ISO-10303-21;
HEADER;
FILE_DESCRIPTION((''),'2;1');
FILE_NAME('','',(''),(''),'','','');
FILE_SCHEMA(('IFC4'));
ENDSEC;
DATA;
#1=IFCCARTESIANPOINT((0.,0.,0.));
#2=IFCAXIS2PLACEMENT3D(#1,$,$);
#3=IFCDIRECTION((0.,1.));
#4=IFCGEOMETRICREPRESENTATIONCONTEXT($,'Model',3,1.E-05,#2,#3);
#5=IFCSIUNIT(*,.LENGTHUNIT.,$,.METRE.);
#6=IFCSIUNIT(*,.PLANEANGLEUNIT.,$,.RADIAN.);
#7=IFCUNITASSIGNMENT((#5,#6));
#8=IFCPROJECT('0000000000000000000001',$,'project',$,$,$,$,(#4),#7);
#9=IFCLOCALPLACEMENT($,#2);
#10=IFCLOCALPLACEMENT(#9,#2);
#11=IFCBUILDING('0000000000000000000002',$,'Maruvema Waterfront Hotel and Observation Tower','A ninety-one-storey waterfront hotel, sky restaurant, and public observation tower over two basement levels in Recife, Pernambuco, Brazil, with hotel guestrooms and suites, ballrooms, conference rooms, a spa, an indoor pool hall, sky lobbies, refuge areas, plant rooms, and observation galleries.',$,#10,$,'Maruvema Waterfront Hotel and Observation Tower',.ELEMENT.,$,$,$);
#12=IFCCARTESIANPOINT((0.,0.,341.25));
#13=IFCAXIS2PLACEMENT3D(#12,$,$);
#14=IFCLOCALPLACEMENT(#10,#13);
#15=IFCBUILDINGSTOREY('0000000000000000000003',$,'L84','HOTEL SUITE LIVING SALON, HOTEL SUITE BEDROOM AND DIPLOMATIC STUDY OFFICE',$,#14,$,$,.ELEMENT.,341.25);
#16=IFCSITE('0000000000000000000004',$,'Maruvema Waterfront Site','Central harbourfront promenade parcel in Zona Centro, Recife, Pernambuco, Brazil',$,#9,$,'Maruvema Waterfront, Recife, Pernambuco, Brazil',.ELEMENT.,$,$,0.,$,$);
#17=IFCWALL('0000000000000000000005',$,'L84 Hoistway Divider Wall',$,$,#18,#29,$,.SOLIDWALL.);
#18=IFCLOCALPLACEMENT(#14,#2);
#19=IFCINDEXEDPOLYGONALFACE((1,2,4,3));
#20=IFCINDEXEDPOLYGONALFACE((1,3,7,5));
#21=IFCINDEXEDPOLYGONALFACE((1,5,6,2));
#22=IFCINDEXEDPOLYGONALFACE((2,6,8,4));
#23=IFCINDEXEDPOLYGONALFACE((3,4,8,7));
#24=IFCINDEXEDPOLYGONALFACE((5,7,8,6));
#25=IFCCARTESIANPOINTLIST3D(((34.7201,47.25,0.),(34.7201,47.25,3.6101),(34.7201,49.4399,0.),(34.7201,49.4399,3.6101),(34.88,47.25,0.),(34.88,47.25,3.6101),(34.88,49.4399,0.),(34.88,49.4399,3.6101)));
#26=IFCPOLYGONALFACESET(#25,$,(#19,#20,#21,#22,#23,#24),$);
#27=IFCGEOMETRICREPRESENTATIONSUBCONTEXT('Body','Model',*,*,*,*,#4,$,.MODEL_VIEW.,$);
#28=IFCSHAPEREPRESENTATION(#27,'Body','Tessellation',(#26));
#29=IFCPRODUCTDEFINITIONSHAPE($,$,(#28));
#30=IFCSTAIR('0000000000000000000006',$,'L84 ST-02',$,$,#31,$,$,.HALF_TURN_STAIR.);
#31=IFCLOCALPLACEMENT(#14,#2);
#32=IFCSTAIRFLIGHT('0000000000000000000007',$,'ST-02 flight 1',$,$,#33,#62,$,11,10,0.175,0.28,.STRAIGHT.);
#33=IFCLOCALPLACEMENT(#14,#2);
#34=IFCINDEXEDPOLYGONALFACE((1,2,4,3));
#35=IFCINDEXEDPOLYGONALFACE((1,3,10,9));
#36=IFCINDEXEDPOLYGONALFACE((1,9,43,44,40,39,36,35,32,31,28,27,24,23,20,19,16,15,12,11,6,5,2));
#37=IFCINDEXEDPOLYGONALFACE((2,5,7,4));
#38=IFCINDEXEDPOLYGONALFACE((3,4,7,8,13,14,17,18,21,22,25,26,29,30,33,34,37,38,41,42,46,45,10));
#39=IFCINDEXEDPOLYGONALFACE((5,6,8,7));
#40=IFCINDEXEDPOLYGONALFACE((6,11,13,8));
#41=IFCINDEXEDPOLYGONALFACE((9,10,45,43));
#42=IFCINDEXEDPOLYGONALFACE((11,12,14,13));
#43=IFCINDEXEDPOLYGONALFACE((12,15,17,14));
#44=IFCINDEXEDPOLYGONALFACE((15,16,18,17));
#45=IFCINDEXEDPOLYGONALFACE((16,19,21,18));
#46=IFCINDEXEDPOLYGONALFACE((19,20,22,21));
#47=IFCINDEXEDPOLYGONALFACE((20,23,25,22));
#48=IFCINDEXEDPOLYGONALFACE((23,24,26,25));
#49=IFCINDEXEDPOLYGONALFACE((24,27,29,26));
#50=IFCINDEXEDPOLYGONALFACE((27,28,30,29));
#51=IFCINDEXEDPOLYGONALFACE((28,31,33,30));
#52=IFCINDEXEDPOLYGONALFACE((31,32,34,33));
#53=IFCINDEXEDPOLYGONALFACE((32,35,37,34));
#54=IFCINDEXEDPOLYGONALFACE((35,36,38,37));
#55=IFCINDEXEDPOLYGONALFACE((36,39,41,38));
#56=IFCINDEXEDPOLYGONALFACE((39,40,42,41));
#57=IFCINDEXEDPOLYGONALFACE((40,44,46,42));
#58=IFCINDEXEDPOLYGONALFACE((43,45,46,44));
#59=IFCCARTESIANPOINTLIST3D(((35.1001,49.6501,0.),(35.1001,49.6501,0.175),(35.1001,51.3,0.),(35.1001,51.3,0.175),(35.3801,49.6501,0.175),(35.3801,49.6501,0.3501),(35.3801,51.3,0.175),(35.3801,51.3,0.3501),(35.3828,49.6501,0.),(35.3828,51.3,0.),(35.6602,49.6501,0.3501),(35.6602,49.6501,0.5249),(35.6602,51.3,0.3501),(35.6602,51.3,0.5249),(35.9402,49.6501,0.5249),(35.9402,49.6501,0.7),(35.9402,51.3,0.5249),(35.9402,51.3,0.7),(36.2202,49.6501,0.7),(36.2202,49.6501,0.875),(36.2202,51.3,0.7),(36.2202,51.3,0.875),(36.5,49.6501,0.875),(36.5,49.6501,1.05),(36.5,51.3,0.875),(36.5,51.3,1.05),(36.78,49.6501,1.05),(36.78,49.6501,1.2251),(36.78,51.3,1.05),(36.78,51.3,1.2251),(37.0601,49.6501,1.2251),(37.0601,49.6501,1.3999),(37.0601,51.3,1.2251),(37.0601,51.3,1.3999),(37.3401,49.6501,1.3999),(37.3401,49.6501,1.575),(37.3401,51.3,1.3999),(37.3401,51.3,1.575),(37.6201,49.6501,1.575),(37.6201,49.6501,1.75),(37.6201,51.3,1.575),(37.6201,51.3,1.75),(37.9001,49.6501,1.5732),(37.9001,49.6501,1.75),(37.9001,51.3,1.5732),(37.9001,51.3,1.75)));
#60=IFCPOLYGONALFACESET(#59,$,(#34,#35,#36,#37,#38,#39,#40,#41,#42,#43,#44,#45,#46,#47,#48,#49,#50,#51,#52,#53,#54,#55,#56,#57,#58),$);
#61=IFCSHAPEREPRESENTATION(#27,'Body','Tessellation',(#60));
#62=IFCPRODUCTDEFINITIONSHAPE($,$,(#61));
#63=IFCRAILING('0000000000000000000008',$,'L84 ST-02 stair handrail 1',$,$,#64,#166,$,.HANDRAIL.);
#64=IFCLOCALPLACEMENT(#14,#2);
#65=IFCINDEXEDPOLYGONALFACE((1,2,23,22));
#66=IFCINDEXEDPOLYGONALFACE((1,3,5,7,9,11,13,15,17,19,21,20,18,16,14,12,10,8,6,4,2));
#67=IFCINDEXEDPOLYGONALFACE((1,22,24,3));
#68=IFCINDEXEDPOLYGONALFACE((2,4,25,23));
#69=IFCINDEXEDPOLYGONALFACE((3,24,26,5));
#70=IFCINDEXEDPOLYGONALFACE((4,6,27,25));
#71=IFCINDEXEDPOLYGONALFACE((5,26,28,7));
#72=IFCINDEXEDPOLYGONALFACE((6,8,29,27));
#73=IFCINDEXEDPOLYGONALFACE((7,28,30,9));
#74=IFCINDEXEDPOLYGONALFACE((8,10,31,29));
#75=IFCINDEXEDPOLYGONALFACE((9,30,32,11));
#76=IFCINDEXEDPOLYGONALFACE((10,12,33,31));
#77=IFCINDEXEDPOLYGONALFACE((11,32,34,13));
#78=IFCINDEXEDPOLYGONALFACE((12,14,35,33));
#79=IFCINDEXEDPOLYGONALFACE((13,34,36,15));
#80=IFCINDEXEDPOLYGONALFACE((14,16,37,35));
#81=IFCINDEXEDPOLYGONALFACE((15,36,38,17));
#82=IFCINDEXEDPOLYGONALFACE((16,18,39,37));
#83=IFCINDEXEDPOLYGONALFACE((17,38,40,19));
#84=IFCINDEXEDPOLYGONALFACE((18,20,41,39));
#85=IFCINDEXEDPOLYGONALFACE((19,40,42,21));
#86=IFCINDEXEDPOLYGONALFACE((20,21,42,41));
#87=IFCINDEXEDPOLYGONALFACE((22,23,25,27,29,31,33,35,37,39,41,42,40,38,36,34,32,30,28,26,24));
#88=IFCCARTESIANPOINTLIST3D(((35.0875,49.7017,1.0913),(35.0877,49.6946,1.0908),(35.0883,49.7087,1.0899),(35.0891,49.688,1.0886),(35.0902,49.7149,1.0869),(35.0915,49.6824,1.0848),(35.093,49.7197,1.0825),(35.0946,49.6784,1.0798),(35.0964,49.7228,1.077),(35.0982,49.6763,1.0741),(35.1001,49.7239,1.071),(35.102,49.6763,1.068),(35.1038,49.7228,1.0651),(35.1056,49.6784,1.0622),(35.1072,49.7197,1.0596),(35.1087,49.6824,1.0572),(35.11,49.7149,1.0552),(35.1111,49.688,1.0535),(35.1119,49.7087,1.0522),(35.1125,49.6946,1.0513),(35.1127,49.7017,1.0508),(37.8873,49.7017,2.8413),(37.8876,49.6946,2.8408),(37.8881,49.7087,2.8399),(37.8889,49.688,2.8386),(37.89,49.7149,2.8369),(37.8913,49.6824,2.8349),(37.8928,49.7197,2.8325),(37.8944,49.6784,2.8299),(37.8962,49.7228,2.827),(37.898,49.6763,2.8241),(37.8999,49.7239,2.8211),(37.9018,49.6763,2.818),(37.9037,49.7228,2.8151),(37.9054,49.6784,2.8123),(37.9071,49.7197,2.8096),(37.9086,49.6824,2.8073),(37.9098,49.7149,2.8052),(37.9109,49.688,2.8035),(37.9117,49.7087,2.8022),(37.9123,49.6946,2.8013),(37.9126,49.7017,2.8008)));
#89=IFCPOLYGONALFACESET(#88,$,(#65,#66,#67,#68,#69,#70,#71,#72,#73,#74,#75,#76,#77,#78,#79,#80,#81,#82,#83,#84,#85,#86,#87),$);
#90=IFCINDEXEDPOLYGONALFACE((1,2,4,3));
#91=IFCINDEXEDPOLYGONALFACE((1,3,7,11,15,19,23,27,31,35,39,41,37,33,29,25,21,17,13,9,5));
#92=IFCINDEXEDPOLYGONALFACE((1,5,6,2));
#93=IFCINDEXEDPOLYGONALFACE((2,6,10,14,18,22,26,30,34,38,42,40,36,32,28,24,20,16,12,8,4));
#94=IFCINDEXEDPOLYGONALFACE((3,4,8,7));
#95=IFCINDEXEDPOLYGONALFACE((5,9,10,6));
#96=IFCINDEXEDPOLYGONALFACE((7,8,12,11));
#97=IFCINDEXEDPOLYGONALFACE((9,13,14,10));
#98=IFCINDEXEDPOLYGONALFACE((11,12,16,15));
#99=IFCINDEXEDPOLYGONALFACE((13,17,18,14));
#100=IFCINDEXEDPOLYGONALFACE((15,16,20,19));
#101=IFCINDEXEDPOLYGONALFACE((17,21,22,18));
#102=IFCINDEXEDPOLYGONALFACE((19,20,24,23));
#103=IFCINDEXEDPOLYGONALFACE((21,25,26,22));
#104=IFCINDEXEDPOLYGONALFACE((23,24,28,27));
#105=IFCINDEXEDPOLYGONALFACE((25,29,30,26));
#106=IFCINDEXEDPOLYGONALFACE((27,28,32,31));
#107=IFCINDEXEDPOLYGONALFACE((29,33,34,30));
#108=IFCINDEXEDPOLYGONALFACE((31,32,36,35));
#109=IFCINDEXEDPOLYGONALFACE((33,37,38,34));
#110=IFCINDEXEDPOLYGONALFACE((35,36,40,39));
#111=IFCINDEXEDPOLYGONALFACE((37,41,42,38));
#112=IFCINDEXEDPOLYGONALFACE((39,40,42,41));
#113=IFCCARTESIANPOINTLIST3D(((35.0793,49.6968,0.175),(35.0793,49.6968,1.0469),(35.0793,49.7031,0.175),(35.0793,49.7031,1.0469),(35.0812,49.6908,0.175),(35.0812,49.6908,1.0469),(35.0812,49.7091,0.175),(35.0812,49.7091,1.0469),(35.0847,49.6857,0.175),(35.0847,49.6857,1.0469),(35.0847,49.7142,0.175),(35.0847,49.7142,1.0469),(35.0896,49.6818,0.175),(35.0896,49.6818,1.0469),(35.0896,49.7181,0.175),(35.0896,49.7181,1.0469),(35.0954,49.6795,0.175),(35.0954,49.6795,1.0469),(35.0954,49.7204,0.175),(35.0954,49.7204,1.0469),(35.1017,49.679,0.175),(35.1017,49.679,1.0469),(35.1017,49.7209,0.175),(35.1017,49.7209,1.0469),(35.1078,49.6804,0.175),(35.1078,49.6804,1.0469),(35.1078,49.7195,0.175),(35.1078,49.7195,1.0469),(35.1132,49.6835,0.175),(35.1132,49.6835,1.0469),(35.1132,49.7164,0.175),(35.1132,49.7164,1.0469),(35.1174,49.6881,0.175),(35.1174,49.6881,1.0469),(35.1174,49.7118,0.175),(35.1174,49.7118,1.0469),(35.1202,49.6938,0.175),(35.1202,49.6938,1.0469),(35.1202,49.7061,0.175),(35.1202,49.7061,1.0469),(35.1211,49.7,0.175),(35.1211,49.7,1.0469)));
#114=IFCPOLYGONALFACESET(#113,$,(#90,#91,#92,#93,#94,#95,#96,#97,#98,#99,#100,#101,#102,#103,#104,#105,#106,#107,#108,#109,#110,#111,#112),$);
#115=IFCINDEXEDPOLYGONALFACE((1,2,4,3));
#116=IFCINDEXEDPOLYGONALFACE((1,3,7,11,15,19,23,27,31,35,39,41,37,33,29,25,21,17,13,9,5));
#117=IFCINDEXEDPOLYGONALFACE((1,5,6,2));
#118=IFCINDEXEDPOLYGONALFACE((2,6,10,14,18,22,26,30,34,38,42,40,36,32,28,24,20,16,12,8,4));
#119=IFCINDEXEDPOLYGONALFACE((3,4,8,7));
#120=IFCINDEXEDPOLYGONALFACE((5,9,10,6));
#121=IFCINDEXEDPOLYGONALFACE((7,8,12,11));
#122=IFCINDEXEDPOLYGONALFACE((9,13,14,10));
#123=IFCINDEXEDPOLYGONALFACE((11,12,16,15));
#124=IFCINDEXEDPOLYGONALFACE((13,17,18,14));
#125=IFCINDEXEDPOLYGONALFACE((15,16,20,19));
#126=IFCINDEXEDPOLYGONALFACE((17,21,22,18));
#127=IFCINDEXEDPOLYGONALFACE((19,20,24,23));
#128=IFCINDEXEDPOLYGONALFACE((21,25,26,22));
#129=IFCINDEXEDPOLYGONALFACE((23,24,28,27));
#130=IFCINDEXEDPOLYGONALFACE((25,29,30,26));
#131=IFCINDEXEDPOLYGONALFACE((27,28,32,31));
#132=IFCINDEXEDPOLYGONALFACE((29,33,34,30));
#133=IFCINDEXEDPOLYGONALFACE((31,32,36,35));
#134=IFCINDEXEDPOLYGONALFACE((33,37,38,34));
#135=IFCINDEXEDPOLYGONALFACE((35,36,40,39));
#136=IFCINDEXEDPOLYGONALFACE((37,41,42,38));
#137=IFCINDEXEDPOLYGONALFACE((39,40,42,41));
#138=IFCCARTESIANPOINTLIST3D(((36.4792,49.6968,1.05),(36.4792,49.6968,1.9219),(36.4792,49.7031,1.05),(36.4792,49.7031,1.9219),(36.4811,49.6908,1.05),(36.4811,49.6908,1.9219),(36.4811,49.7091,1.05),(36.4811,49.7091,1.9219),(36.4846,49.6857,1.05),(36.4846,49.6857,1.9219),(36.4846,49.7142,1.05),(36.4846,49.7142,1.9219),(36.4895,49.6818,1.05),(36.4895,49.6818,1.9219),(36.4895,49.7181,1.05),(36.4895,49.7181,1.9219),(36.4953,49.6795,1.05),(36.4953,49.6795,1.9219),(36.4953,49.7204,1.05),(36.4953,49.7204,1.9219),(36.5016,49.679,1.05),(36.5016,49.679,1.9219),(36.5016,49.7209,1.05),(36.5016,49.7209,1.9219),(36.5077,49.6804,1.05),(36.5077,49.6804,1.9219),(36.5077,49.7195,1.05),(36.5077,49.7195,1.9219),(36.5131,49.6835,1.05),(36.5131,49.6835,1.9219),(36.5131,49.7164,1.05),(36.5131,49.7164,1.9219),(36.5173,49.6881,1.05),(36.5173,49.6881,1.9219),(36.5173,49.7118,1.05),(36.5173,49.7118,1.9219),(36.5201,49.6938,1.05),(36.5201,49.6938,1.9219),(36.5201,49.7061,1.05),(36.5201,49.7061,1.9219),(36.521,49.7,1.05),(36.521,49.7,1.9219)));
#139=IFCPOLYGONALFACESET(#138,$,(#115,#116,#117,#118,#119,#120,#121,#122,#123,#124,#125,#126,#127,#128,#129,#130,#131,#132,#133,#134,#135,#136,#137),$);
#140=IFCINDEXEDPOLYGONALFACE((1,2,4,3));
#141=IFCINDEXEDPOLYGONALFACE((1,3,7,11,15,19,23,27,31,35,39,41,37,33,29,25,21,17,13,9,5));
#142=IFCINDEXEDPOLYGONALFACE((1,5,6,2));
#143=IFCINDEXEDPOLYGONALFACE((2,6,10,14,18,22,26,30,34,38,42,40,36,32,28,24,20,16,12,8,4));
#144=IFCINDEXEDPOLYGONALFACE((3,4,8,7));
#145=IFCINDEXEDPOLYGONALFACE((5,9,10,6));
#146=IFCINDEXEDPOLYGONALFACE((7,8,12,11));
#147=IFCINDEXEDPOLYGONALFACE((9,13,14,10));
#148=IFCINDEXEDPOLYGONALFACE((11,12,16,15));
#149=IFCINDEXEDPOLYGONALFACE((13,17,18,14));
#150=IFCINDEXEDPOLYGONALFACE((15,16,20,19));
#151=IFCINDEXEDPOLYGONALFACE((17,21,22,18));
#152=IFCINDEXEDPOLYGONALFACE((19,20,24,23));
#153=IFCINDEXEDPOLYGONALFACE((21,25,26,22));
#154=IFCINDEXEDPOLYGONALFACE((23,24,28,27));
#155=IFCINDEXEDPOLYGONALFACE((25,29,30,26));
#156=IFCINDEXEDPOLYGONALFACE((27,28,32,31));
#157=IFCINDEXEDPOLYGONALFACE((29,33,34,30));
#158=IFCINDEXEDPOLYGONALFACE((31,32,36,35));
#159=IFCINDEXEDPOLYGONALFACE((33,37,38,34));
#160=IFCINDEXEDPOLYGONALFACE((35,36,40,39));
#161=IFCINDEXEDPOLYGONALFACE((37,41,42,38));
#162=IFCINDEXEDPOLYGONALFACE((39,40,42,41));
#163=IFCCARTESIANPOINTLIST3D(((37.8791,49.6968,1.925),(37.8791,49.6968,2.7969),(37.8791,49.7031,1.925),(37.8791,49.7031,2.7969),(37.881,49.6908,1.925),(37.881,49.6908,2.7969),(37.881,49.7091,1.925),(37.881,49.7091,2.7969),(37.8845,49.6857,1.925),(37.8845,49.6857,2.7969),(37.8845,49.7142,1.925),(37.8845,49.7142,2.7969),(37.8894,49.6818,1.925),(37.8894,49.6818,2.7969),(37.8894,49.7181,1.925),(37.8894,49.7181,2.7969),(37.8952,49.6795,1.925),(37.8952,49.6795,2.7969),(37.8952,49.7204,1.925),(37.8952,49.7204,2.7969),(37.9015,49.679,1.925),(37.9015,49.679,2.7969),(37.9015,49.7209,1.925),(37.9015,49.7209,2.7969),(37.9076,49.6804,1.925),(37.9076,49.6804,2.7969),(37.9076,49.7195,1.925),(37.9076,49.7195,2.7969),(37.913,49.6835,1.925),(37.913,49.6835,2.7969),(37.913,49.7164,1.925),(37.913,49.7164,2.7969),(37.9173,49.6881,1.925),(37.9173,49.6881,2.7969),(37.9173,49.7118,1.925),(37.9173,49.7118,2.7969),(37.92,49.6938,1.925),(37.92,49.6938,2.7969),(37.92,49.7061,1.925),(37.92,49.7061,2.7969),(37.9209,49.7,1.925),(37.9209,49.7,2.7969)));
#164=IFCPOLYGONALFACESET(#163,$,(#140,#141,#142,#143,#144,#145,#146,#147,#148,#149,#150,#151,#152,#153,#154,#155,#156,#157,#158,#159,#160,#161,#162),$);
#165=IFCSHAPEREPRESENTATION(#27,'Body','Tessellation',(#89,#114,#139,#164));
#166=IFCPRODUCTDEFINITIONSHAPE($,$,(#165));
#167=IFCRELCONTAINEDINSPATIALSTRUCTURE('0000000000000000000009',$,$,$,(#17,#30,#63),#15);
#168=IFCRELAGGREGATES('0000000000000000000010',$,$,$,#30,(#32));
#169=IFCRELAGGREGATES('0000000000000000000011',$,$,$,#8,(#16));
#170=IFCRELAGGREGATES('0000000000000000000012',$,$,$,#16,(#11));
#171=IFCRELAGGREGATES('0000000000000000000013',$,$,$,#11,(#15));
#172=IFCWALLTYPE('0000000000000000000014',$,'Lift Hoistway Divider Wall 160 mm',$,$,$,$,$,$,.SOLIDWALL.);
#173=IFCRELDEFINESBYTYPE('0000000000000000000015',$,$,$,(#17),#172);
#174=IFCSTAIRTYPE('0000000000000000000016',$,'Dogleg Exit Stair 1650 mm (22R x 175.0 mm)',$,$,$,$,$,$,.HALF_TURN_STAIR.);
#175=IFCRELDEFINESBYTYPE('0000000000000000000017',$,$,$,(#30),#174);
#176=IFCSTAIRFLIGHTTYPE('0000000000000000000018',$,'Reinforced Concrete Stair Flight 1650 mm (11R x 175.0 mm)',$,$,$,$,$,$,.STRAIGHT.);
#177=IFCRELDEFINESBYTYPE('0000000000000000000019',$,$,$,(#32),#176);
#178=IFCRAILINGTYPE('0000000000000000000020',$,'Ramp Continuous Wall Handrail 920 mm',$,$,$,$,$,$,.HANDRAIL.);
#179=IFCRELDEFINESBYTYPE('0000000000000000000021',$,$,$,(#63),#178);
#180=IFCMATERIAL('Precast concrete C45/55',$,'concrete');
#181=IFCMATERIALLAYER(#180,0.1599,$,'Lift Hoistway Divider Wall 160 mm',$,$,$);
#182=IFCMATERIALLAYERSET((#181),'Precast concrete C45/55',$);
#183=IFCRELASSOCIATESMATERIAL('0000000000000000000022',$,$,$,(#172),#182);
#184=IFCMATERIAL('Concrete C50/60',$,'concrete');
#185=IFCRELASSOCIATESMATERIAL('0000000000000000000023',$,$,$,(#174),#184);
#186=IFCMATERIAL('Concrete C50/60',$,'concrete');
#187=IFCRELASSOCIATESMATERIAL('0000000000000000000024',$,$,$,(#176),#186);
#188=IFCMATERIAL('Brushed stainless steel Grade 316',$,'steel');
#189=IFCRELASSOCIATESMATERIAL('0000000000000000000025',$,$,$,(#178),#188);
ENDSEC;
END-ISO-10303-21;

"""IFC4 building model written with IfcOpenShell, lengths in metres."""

from ifc_helpers import new_model, si_unit, direction, frame, frame_2d, origin, origin_2d, place, context, subcontext, project, spatial, polyline, rectangle, circle, outline, extrude, material, layer, layer_set, type_object, element, aggregate, save


model = new_model("IFC4")

# Units and contexts
model_context = context("Model", 3, precision=1e-05, world=origin(), true_north=direction((0.0, 1.0)))
body_context = subcontext(model_context, "Body", "Model", "MODEL_VIEW")
ifc_project = project(units=[si_unit("LENGTHUNIT", "METRE"), si_unit("PLANEANGLEUNIT", "RADIAN")], contexts=[model_context])

# Site, building, storey
site_placement = place(None, origin())
site = spatial("IfcSite", under=ifc_project, at=site_placement, Name="Maruvema Waterfront Site", Description="Central harbourfront promenade parcel in Zona Centro, Recife, Pernambuco, Brazil", LongName="Maruvema Waterfront, Recife, Pernambuco, Brazil", CompositionType="ELEMENT", RefElevation=0.0)
building_placement = place(site_placement, origin())
building = spatial("IfcBuilding", under=site, at=building_placement, Name="Maruvema Waterfront Hotel and Observation Tower", Description="A ninety-one-storey waterfront hotel, sky restaurant, and public observation tower over two basement levels in Recife, Pernambuco, Brazil, with hotel guestrooms and suites, ballrooms, conference rooms, a spa, an indoor pool hall, sky lobbies, refuge areas, plant rooms, and observation galleries.", LongName="Maruvema Waterfront Hotel and Observation Tower", CompositionType="ELEMENT")
storey_placement = place(building_placement, frame((0.0, 0.0, 341.25)))
storey = spatial("IfcBuildingStorey", under=building, at=storey_placement, Name="L84", Description="HOTEL SUITE LIVING SALON, HOTEL SUITE BEDROOM AND DIPLOMATIC STUDY OFFICE", CompositionType="ELEMENT", Elevation=341.25)

# Wall
ifc_material_1 = material(Name="Precast concrete C45/55", Category="concrete")
ifc_layer_1 = layer(ifc_material_1, 0.1599, Name="Lift Hoistway Divider Wall 160 mm")
ifc_layer_set_1 = layer_set([ifc_layer_1], Name="Precast concrete C45/55")
wall_type_1 = type_object("IfcWallType", Name="Lift Hoistway Divider Wall 160 mm", PredefinedType="SOLIDWALL", material=ifc_layer_set_1)
wall_1_placement = place(storey_placement, frame((34.8, 47.25, 0.0), z_axis=(0.0, 0.0, 1.0), x_axis=(0.0, 1.0, 0.0)))
element("IfcWall", 1, at=wall_1_placement, inside=storey, type_object=wall_type_1, Name="L84 Hoistway Divider Wall", PredefinedType="SOLIDWALL", context=body_context, shape_type="SweptSolid", body=[
    extrude(rectangle(XDim=2.1899, YDim=0.1599, at=frame_2d((1.095, 0.0))), origin(), (0.0, 0.0, 1.0), 3.6101),
])

# Stair, stair flight
ifc_material_2 = material(Name="Concrete C50/60", Category="concrete")
stair_type = type_object("IfcStairType", Name="Dogleg Exit Stair 1650 mm (22R x 175.0 mm)", PredefinedType="HALF_TURN_STAIR", material=ifc_material_2)
stair_placement = place(storey_placement, origin())
stair = element("IfcStair", 2, at=stair_placement, inside=storey, type_object=stair_type, Name="L84 ST-02", PredefinedType="HALF_TURN_STAIR")
ifc_material_3 = material(Name="Concrete C50/60", Category="concrete")
stair_flight_type = type_object("IfcStairFlightType", Name="Reinforced Concrete Stair Flight 1650 mm (11R x 175.0 mm)", PredefinedType="STRAIGHT", material=ifc_material_3)
stair_flight_placement = place(storey_placement, frame((35.1001, 50.4751, 0.0), z_axis=(0.0, 0.0, 1.0), x_axis=(1.0, 0.0, 0.0)))
stair_flight = element("IfcStairFlight", 3, at=stair_flight_placement, type_object=stair_flight_type, Name="ST-02 flight 1", NumberOfRisers=11, NumberOfTreads=10, PredefinedType="STRAIGHT", RiserHeight=0.175, TreadLength=0.28, context=body_context, shape_type="SweptSolid", body=[
    extrude(outline(polyline([(0.0, 0.0), (0.0, 0.175), (0.28, 0.175), (0.28, 0.3501), (0.5601, 0.3501), (0.5601, 0.5249), (0.8401, 0.5249), (0.8401, 0.7), (1.1201, 0.7), (1.1201, 0.875), (1.3999, 0.875), (1.3999, 1.05), (1.6799, 1.05), (1.6799, 1.2251), (1.96, 1.2251), (1.96, 1.3999), (2.24, 1.3999), (2.24, 1.575), (2.52, 1.575), (2.52, 1.75), (2.8, 1.75), (2.8, 1.925), (2.8, 1.5732), (0.2827, 0.0), (0.0, 0.0)])), frame((0.0, 0.825, 0.0), z_axis=(0.0, -1.0, 0.0), x_axis=(1.0, 0.0, 0.0)), (0.0, 0.0, 1.0), 1.6499),
])
aggregate(stair, [stair_flight])

# Railing
ifc_material_4 = material(Name="Brushed stainless steel Grade 316", Category="steel")
railing_type_1 = type_object("IfcRailingType", Name="Ramp Continuous Wall Handrail 920 mm", PredefinedType="HANDRAIL", material=ifc_material_4)
railing_1_placement = place(storey_placement, frame((35.1001, 49.7, 0.175)))
element("IfcRailing", 4, at=railing_1_placement, inside=storey, type_object=railing_type_1, Name="L84 ST-02 stair handrail 1", PredefinedType="HANDRAIL", context=body_context, shape_type="SweptSolid", body=[
    extrude(circle(Radius=0.0239, at=origin_2d()), frame((0.0, 0.0, 0.896), z_axis=(0.847982, 0.0, 0.530026), x_axis=(0.0, 1.0, 0.0)), (0.0, 0.0, 1.0), 3.3018),
    extrude(circle(Radius=0.021, at=origin_2d()), origin(), (0.0, 0.0, 1.0), 0.8718),
    extrude(circle(Radius=0.021, at=origin_2d()), frame((1.3999, 0.0, 0.875)), (0.0, 0.0, 1.0), 0.8718),
    extrude(circle(Radius=0.021, at=origin_2d()), frame((2.7998, 0.0, 1.75)), (0.0, 0.0, 1.0), 0.8718),
])

save(model, "model.ifc")
